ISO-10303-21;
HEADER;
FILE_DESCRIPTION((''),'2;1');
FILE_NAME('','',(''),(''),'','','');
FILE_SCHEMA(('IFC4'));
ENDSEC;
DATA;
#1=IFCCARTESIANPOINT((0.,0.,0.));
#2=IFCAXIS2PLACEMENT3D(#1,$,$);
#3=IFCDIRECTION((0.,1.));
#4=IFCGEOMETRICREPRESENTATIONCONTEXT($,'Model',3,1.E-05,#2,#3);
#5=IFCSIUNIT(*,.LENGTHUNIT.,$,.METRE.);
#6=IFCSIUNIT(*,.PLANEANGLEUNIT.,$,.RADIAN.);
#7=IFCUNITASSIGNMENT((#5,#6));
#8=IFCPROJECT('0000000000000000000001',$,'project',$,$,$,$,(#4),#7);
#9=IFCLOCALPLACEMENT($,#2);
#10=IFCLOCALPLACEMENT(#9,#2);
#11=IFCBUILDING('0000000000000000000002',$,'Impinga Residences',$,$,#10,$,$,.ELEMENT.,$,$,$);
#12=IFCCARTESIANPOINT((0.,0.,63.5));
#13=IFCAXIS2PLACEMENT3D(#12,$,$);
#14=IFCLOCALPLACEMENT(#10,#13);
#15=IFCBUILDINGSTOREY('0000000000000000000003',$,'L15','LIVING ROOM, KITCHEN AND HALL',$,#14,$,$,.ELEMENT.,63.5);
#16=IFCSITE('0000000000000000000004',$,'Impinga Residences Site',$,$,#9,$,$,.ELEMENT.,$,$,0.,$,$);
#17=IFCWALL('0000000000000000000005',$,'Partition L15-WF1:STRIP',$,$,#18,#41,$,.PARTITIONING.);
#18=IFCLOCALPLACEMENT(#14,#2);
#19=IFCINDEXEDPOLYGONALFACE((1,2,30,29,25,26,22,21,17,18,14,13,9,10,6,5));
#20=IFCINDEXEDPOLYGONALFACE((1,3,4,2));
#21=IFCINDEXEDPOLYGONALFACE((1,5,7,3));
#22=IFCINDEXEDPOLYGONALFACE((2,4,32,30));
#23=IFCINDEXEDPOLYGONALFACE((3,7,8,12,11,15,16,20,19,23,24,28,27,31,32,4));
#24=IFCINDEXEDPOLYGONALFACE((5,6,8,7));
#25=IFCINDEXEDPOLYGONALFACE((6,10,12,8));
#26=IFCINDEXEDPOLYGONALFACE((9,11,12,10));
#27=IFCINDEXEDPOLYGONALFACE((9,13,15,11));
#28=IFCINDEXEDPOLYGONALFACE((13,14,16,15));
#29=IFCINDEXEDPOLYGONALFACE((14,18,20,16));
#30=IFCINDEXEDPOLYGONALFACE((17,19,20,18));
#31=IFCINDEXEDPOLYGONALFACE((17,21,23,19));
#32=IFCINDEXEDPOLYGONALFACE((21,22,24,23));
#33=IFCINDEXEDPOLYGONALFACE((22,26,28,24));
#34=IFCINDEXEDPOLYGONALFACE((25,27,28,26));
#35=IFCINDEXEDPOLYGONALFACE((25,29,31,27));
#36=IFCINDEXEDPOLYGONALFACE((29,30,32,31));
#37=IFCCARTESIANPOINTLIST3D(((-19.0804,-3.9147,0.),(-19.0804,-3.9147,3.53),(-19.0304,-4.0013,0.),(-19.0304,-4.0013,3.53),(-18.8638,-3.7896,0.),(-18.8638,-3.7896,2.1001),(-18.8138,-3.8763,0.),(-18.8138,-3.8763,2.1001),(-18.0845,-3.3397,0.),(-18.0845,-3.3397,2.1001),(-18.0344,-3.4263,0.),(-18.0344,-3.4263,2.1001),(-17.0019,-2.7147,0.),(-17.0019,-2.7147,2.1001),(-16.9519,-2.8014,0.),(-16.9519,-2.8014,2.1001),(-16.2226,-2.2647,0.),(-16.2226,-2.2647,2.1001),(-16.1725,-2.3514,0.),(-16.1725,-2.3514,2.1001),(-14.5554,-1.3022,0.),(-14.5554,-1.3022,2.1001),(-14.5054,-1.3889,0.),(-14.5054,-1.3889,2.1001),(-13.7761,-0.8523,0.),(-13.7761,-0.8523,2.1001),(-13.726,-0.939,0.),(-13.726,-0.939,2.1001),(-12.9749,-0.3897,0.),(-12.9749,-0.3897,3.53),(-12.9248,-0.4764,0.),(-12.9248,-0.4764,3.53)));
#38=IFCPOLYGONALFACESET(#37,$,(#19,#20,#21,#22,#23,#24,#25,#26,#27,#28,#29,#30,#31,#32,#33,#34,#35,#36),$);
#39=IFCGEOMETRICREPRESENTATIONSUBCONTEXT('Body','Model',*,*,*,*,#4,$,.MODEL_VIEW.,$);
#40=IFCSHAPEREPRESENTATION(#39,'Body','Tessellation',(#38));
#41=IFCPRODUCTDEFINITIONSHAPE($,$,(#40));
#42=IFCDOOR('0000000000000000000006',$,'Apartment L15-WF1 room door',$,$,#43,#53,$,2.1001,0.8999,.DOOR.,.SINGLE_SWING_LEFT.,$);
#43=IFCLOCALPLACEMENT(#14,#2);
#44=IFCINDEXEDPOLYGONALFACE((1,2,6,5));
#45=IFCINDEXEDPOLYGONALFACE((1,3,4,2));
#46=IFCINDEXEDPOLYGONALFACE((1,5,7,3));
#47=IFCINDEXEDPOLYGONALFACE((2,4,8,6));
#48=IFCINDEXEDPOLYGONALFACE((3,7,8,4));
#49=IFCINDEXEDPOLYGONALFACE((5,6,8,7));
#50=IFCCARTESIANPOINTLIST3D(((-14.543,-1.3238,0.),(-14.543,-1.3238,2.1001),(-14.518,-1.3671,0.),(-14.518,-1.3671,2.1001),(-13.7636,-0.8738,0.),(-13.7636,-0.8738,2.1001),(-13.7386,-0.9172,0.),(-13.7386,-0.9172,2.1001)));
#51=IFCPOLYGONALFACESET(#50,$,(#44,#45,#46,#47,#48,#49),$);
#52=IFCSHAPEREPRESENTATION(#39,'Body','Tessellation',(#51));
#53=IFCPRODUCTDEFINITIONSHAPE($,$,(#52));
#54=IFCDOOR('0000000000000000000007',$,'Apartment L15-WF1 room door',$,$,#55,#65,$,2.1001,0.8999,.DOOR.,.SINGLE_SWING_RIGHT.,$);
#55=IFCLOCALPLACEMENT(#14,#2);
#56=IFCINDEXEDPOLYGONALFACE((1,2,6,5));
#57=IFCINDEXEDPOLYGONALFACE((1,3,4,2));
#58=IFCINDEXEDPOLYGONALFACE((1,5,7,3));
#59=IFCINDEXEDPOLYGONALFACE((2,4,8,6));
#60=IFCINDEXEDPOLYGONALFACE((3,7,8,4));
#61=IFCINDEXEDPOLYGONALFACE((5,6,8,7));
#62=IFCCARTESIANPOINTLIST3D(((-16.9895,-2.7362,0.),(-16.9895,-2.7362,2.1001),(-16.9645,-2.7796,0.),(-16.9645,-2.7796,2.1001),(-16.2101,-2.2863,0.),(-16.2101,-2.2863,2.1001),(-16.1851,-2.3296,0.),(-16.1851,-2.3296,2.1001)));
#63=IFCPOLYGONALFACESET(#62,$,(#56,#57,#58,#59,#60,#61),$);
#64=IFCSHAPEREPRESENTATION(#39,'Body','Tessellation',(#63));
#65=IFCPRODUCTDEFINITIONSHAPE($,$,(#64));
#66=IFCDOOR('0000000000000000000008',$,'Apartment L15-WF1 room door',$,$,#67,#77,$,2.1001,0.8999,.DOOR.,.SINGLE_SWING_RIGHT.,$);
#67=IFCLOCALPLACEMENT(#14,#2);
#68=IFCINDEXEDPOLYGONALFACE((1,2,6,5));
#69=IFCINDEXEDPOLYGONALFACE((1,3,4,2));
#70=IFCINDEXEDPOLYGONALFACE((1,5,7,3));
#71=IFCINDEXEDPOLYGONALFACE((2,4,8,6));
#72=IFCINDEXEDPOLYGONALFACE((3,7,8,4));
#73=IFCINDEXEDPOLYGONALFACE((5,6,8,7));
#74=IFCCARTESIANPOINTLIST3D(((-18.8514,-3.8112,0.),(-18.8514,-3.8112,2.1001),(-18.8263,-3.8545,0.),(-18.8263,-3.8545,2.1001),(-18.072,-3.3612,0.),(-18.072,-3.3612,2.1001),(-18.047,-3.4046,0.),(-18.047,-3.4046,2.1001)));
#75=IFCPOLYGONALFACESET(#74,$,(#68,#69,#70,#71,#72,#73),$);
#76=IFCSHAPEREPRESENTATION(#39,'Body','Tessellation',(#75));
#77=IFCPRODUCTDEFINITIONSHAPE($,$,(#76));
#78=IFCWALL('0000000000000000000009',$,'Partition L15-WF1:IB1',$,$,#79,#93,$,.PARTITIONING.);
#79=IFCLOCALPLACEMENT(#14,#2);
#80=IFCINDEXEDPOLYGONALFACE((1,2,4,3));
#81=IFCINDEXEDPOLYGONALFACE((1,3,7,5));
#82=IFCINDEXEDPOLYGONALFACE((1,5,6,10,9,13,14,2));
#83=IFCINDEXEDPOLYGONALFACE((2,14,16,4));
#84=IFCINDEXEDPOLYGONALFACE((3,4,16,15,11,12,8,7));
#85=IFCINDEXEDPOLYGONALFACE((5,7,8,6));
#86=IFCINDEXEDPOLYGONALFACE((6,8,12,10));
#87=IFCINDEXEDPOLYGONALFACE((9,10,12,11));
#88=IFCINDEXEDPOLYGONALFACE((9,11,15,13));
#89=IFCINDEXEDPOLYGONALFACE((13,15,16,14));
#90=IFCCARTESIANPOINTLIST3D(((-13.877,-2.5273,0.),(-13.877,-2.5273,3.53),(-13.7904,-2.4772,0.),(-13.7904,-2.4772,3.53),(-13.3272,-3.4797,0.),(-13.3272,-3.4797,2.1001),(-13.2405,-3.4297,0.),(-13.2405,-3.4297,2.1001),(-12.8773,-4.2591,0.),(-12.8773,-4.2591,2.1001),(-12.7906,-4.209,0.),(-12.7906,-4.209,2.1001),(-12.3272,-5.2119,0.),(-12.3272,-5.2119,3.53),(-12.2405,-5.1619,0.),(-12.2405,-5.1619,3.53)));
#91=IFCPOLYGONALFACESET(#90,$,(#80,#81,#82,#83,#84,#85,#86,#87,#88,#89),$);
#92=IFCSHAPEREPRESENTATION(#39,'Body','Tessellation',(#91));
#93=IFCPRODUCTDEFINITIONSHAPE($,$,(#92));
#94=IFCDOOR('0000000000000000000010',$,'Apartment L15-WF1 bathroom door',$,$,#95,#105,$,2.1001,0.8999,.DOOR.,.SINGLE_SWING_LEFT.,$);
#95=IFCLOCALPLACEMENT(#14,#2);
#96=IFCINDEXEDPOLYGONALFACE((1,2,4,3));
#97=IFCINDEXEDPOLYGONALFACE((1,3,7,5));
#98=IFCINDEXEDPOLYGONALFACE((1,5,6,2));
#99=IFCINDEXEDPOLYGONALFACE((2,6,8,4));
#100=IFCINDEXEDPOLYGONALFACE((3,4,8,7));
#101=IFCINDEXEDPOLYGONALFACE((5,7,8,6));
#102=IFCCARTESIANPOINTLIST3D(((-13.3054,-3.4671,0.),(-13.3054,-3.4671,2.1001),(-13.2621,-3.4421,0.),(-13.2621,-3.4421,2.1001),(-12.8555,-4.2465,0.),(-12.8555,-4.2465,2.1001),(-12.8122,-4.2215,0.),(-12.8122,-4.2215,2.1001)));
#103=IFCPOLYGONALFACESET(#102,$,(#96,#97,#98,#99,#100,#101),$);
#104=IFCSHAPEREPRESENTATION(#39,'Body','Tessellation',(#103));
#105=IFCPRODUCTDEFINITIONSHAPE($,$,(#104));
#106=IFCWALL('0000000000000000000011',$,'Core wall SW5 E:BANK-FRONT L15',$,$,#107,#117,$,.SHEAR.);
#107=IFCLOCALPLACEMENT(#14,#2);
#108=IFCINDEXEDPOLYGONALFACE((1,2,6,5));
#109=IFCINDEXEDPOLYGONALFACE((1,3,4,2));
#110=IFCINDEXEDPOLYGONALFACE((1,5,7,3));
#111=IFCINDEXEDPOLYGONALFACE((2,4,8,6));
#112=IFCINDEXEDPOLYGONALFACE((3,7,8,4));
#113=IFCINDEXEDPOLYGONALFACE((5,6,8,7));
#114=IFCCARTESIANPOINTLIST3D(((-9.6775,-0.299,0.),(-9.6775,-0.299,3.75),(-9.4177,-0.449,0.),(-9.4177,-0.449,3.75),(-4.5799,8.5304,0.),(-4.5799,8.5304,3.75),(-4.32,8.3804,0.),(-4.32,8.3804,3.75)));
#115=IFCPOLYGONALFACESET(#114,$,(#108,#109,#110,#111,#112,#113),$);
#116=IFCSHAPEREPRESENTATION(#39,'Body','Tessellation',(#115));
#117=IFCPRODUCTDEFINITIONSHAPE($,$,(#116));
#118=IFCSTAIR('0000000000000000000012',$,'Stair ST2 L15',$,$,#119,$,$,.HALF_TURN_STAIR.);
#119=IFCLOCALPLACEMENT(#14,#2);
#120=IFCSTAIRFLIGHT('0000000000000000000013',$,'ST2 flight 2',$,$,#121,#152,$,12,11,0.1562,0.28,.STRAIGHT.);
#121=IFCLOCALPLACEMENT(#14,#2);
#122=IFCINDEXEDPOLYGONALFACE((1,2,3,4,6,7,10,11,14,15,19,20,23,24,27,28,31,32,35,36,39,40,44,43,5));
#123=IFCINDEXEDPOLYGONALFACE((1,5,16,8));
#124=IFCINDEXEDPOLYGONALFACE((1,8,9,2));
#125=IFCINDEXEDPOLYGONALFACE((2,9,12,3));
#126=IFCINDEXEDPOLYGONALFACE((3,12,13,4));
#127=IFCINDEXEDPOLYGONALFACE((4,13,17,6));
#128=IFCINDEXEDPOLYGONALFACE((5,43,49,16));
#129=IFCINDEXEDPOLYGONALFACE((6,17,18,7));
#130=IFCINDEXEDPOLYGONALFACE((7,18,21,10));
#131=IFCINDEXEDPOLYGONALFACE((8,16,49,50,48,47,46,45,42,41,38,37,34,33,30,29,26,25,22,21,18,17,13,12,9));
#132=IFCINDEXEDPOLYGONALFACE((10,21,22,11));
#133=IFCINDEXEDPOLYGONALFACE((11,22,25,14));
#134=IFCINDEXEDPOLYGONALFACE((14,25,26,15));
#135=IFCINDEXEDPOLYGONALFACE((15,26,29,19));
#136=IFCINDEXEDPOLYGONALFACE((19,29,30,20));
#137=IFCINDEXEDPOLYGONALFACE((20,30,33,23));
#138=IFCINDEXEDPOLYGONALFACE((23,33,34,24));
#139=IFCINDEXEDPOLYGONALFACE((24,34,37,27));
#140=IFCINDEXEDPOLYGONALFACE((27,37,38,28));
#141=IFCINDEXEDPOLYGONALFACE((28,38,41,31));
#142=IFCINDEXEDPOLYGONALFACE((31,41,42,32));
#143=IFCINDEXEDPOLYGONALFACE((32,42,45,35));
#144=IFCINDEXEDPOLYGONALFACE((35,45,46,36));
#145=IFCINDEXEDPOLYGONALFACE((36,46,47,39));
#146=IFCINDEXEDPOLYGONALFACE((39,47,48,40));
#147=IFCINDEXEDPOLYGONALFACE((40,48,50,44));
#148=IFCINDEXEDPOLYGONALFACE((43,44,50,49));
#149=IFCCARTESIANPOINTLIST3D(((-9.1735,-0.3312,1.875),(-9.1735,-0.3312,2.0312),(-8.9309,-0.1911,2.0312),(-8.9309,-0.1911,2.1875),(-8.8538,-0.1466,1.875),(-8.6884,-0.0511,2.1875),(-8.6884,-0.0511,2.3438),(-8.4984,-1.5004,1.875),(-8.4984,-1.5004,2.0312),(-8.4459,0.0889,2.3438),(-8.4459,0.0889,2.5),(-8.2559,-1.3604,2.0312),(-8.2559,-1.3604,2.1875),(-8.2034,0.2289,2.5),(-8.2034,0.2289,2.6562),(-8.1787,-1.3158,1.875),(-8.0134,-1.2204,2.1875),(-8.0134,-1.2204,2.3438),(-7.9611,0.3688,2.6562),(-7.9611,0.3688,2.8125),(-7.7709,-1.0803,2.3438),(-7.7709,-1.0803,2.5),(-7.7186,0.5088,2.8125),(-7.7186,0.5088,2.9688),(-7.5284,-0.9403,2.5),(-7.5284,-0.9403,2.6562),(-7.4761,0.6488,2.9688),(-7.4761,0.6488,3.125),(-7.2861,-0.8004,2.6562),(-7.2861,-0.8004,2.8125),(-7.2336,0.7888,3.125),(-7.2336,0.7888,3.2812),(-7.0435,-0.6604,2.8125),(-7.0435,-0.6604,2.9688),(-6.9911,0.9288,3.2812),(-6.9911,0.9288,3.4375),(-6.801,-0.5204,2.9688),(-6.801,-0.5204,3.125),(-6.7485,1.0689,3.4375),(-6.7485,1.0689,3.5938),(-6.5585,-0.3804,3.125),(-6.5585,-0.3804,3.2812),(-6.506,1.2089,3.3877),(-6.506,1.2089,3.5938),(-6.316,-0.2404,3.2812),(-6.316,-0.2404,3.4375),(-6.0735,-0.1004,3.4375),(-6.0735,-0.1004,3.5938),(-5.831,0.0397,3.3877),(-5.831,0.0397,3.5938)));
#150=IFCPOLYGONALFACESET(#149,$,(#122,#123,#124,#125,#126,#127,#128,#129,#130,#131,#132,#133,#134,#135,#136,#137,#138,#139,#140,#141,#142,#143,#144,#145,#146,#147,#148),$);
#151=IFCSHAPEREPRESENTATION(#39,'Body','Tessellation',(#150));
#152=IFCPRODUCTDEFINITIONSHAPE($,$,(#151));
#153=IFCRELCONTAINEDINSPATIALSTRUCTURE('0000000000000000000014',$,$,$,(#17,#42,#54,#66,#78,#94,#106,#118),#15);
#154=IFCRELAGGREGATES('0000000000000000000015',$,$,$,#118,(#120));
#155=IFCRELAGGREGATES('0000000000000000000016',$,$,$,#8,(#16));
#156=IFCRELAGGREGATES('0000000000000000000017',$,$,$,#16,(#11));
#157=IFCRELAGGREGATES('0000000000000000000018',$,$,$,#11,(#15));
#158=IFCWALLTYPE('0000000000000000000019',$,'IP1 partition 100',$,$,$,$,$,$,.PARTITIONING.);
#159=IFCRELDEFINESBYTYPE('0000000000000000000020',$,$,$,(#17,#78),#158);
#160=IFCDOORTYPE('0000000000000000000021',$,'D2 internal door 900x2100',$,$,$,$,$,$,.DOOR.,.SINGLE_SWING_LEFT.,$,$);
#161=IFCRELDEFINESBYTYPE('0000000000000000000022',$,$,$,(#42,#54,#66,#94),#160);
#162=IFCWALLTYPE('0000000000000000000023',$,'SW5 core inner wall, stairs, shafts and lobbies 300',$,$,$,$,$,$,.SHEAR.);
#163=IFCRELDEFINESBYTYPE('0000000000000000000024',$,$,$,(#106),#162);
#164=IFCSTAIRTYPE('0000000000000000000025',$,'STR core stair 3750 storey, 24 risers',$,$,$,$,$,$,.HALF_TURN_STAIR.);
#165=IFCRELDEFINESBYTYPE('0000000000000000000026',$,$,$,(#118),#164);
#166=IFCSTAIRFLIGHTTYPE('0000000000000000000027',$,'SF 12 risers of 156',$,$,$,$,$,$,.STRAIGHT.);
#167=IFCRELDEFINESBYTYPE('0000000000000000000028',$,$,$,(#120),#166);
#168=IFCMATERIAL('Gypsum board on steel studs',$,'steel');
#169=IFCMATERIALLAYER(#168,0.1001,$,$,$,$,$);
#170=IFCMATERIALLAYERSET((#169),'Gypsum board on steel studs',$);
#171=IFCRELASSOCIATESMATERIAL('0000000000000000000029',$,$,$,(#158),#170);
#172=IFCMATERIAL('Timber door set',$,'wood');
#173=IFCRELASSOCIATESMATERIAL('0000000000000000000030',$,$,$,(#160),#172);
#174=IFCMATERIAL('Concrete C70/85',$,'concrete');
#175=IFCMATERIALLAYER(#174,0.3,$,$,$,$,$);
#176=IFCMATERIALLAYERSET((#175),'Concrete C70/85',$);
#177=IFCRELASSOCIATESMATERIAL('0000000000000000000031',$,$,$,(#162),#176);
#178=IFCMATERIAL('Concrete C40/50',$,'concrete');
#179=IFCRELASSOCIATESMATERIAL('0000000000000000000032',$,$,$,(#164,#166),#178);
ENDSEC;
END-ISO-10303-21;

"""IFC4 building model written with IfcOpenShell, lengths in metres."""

from ifc_helpers import new_model, si_unit, direction, frame, frame_2d, origin, place, context, subcontext, project, spatial, polyline, rectangle, outline, extrude, material, layer, layer_set, type_object, element, fill, aggregate, save


model = new_model("IFC4")

# Units and contexts
model_context = context("Model", 3, precision=1e-05, world=origin(), true_north=direction((0.0, 1.0)))
body_context = subcontext(model_context, "Body", "Model", "MODEL_VIEW")
ifc_project = project(units=[si_unit("LENGTHUNIT", "METRE"), si_unit("PLANEANGLEUNIT", "RADIAN")], contexts=[model_context])

# Site, building, storey
site_placement = place(None, origin())
site = spatial("IfcSite", under=ifc_project, at=site_placement, Name="Impinga Residences Site", CompositionType="ELEMENT", RefElevation=0.0)
building_placement = place(site_placement, origin())
building = spatial("IfcBuilding", under=site, at=building_placement, Name="Impinga Residences", CompositionType="ELEMENT")
storey_placement = place(building_placement, frame((0.0, 0.0, 63.5)))
storey = spatial("IfcBuildingStorey", under=building, at=storey_placement, Name="L15", Description="LIVING ROOM, KITCHEN AND HALL", CompositionType="ELEMENT", Elevation=63.5)

# Shared definitions
ifc_material_1 = material(Name="Concrete C70/85", Category="concrete")
ifc_material_2 = material(Name="Timber door set", Category="wood")

# Shared definitions
ifc_material_3 = material(Name="Gypsum board on steel studs", Category="steel")
ifc_layer_1 = layer(ifc_material_3, 0.1001)
ifc_layer_set_1 = layer_set([ifc_layer_1], Name="Gypsum board on steel studs")
wall_type_1 = type_object("IfcWallType", Name="IP1 partition 100", PredefinedType="PARTITIONING", material=ifc_layer_set_1)

# Wall, openings, doors
wall_1_placement = place(storey_placement, frame((-12.95, -0.4331, 0.0), z_axis=(0.0, 0.0, 1.0), x_axis=(-0.866031, -0.49999, 0.0)))
wall_1 = element("IfcWall", 1, at=wall_1_placement, inside=storey, type_object=wall_type_1, Name="Partition L15-WF1:STRIP", PredefinedType="PARTITIONING", context=body_context, shape_type="SweptSolid", body=[
    extrude(rectangle(XDim=7.05, YDim=0.1001, at=frame_2d((3.5249, 0.0))), origin(), (0.0, 0.0, 1.0), 3.53),
])
opening_1_placement = place(wall_1_placement, frame((0.925, 0.0, 0.0)))
opening_1 = element("IfcOpeningElement", 2, at=opening_1_placement, cuts=wall_1, PredefinedType="OPENING", context=body_context, shape_type="SweptSolid", body=[
    extrude(rectangle(XDim=0.8999, YDim=2.1001, at=frame_2d((0.45, 1.05))), frame((0.0, 0.0601, 0.0), z_axis=(0.0, -1.0, 0.0), x_axis=(1.0, 0.0, 0.0)), (0.0, 0.0, 1.0), 0.1201),
])
opening_2_placement = place(wall_1_placement, frame((3.75, 0.0, 0.0)))
opening_2 = element("IfcOpeningElement", 3, at=opening_2_placement, cuts=wall_1, PredefinedType="OPENING", context=body_context, shape_type="SweptSolid", body=[
    extrude(rectangle(XDim=0.8999, YDim=2.1001, at=frame_2d((0.45, 1.05))), frame((0.0, 0.0601, 0.0), z_axis=(0.0, -1.0, 0.0), x_axis=(1.0, 0.0, 0.0)), (0.0, 0.0, 1.0), 0.1201),
])
opening_3_placement = place(wall_1_placement, frame((5.8999, 0.0, 0.0)))
opening_3 = element("IfcOpeningElement", 4, at=opening_3_placement, cuts=wall_1, PredefinedType="OPENING", context=body_context, shape_type="SweptSolid", body=[
    extrude(rectangle(XDim=0.8999, YDim=2.1001, at=frame_2d((0.45, 1.05))), frame((0.0, 0.0601, 0.0), z_axis=(0.0, -1.0, 0.0), x_axis=(1.0, 0.0, 0.0)), (0.0, 0.0, 1.0), 0.1201),
])
door_type_1 = type_object("IfcDoorType", Name="D2 internal door 900x2100", OperationType="SINGLE_SWING_LEFT", PredefinedType="DOOR", material=ifc_material_2)
door_1_placement = place(opening_1_placement, origin())
door_1 = element("IfcDoor", 5, at=door_1_placement, inside=storey, type_object=door_type_1, Name="Apartment L15-WF1 room door", OperationType="SINGLE_SWING_LEFT", OverallHeight=2.1001, OverallWidth=0.8999, PredefinedType="DOOR", context=body_context, shape_type="SweptSolid", body=[
    extrude(rectangle(XDim=0.8999, YDim=2.1001, at=frame_2d((0.45, 1.05))), frame((0.0, 0.0249, 0.0), z_axis=(0.0, -1.0, 0.0), x_axis=(1.0, 0.0, 0.0)), (0.0, 0.0, 1.0), 0.05),
])
fill(opening_1, door_1)
door_2_placement = place(opening_2_placement, origin())
door_2 = element("IfcDoor", 6, at=door_2_placement, inside=storey, type_object=door_type_1, Name="Apartment L15-WF1 room door", OperationType="SINGLE_SWING_RIGHT", OverallHeight=2.1001, OverallWidth=0.8999, PredefinedType="DOOR", context=body_context, shape_type="SweptSolid", body=[
    extrude(rectangle(XDim=0.8999, YDim=2.1001, at=frame_2d((0.45, 1.05))), frame((0.0, 0.0249, 0.0), z_axis=(0.0, -1.0, 0.0), x_axis=(1.0, 0.0, 0.0)), (0.0, 0.0, 1.0), 0.05),
])
fill(opening_2, door_2)
door_3_placement = place(opening_3_placement, origin())
door_3 = element("IfcDoor", 7, at=door_3_placement, inside=storey, type_object=door_type_1, Name="Apartment L15-WF1 room door", OperationType="SINGLE_SWING_RIGHT", OverallHeight=2.1001, OverallWidth=0.8999, PredefinedType="DOOR", context=body_context, shape_type="SweptSolid", body=[
    extrude(rectangle(XDim=0.8999, YDim=2.1001, at=frame_2d((0.45, 1.05))), frame((0.0, 0.0249, 0.0), z_axis=(0.0, -1.0, 0.0), x_axis=(1.0, 0.0, 0.0)), (0.0, 0.0, 1.0), 0.05),
])
fill(opening_3, door_3)

# Wall, opening, door
wall_2_placement = place(storey_placement, frame((-12.2839, -5.1868, 0.0), z_axis=(0.0, 0.0, 1.0), x_axis=(-0.499968, 0.866044, 0.0)))
wall_2 = element("IfcWall", 8, at=wall_2_placement, inside=storey, type_object=wall_type_1, Name="Partition L15-WF1:IB1", PredefinedType="PARTITIONING", context=body_context, shape_type="SweptSolid", body=[
    extrude(rectangle(XDim=3.0999, YDim=0.1001, at=frame_2d((1.5498, 0.0))), origin(), (0.0, 0.0, 1.0), 3.53),
])
opening_4_placement = place(wall_2_placement, frame((1.1001, 0.0, 0.0)))
opening_4 = element("IfcOpeningElement", 9, at=opening_4_placement, cuts=wall_2, PredefinedType="OPENING", context=body_context, shape_type="SweptSolid", body=[
    extrude(rectangle(XDim=0.8999, YDim=2.1001, at=frame_2d((0.45, 1.05))), frame((0.0, 0.0601, 0.0), z_axis=(0.0, -1.0, 0.0), x_axis=(1.0, 0.0, 0.0)), (0.0, 0.0, 1.0), 0.1201),
])
door_4_placement = place(opening_4_placement, origin())
door_4 = element("IfcDoor", 10, at=door_4_placement, inside=storey, type_object=door_type_1, Name="Apartment L15-WF1 bathroom door", OperationType="SINGLE_SWING_LEFT", OverallHeight=2.1001, OverallWidth=0.8999, PredefinedType="DOOR", context=body_context, shape_type="SweptSolid", body=[
    extrude(rectangle(XDim=0.8999, YDim=2.1001, at=frame_2d((0.45, 1.05))), frame((0.0, 0.0249, 0.0), z_axis=(0.0, -1.0, 0.0), x_axis=(1.0, 0.0, 0.0)), (0.0, 0.0, 1.0), 0.05),
])
fill(opening_4, door_4)

# Wall
ifc_layer_2 = layer(ifc_material_1, 0.3)
ifc_layer_set_2 = layer_set([ifc_layer_2], Name="Concrete C70/85")
wall_type_2 = type_object("IfcWallType", Name="SW5 core inner wall, stairs, shafts and lobbies 300", PredefinedType="SHEAR", material=ifc_layer_set_2)
wall_3_placement = place(storey_placement, frame((-9.5476, -0.374, 0.0), z_axis=(0.0, 0.0, 1.0), x_axis=(0.500002, 0.866024, 0.0)))
element("IfcWall", 11, at=wall_3_placement, inside=storey, type_object=wall_type_2, Name="Core wall SW5 E:BANK-FRONT L15", PredefinedType="SHEAR", context=body_context, shape_type="SweptSolid", body=[
    extrude(rectangle(XDim=10.1953, YDim=0.3, at=frame_2d((5.0977, 0.0))), origin(), (0.0, 0.0, 1.0), 3.75),
])

# Stair, stair flight
ifc_material_4 = material(Name="Concrete C40/50", Category="concrete")
stair_type = type_object("IfcStairType", Name="STR core stair 3750 storey, 24 risers", PredefinedType="HALF_TURN_STAIR", material=ifc_material_4)
stair_placement = place(storey_placement, origin())
stair = element("IfcStair", 12, at=stair_placement, inside=storey, type_object=stair_type, Name="Stair ST2 L15", PredefinedType="HALF_TURN_STAIR")
stair_flight_type = type_object("IfcStairFlightType", Name="SF 12 risers of 156", PredefinedType="STRAIGHT", material=ifc_material_4)
stair_flight_placement = place(storey_placement, frame((-8.8359, -0.9158, 1.875), z_axis=(0.0, 0.0, 1.0), x_axis=(0.866025, 0.5, 0.0)))
stair_flight = element("IfcStairFlight", 13, at=stair_flight_placement, type_object=stair_flight_type, Name="ST2 flight 2", NumberOfRisers=12, NumberOfTreads=11, PredefinedType="STRAIGHT", RiserHeight=0.1562, TreadLength=0.28, context=body_context, shape_type="SweptSolid", body=[
    extrude(outline(polyline([(0.0, 0.0), (0.0, 0.1562), (0.28, 0.1562), (0.28, 0.3125), (0.5601, 0.3125), (0.5601, 0.4688), (0.8401, 0.4688), (0.8401, 0.625), (1.1201, 0.625), (1.1201, 0.7812), (1.3999, 0.7812), (1.3999, 0.9375), (1.6799, 0.9375), (1.6799, 1.0938), (1.96, 1.0938), (1.96, 1.25), (2.24, 1.25), (2.24, 1.4062), (2.52, 1.4062), (2.52, 1.5625), (2.8, 1.5625), (2.8, 1.7188), (3.0801, 1.7188), (3.0801, 1.875), (3.0801, 1.5127), (0.3691, 0.0), (0.0, 0.0)])), frame((0.0, 0.675, 0.0), z_axis=(0.0, -1.0, 0.0), x_axis=(1.0, 0.0, 0.0)), (0.0, 0.0, 1.0), 1.3501),
])
aggregate(stair, [stair_flight])

save(model, "model.ifc")
